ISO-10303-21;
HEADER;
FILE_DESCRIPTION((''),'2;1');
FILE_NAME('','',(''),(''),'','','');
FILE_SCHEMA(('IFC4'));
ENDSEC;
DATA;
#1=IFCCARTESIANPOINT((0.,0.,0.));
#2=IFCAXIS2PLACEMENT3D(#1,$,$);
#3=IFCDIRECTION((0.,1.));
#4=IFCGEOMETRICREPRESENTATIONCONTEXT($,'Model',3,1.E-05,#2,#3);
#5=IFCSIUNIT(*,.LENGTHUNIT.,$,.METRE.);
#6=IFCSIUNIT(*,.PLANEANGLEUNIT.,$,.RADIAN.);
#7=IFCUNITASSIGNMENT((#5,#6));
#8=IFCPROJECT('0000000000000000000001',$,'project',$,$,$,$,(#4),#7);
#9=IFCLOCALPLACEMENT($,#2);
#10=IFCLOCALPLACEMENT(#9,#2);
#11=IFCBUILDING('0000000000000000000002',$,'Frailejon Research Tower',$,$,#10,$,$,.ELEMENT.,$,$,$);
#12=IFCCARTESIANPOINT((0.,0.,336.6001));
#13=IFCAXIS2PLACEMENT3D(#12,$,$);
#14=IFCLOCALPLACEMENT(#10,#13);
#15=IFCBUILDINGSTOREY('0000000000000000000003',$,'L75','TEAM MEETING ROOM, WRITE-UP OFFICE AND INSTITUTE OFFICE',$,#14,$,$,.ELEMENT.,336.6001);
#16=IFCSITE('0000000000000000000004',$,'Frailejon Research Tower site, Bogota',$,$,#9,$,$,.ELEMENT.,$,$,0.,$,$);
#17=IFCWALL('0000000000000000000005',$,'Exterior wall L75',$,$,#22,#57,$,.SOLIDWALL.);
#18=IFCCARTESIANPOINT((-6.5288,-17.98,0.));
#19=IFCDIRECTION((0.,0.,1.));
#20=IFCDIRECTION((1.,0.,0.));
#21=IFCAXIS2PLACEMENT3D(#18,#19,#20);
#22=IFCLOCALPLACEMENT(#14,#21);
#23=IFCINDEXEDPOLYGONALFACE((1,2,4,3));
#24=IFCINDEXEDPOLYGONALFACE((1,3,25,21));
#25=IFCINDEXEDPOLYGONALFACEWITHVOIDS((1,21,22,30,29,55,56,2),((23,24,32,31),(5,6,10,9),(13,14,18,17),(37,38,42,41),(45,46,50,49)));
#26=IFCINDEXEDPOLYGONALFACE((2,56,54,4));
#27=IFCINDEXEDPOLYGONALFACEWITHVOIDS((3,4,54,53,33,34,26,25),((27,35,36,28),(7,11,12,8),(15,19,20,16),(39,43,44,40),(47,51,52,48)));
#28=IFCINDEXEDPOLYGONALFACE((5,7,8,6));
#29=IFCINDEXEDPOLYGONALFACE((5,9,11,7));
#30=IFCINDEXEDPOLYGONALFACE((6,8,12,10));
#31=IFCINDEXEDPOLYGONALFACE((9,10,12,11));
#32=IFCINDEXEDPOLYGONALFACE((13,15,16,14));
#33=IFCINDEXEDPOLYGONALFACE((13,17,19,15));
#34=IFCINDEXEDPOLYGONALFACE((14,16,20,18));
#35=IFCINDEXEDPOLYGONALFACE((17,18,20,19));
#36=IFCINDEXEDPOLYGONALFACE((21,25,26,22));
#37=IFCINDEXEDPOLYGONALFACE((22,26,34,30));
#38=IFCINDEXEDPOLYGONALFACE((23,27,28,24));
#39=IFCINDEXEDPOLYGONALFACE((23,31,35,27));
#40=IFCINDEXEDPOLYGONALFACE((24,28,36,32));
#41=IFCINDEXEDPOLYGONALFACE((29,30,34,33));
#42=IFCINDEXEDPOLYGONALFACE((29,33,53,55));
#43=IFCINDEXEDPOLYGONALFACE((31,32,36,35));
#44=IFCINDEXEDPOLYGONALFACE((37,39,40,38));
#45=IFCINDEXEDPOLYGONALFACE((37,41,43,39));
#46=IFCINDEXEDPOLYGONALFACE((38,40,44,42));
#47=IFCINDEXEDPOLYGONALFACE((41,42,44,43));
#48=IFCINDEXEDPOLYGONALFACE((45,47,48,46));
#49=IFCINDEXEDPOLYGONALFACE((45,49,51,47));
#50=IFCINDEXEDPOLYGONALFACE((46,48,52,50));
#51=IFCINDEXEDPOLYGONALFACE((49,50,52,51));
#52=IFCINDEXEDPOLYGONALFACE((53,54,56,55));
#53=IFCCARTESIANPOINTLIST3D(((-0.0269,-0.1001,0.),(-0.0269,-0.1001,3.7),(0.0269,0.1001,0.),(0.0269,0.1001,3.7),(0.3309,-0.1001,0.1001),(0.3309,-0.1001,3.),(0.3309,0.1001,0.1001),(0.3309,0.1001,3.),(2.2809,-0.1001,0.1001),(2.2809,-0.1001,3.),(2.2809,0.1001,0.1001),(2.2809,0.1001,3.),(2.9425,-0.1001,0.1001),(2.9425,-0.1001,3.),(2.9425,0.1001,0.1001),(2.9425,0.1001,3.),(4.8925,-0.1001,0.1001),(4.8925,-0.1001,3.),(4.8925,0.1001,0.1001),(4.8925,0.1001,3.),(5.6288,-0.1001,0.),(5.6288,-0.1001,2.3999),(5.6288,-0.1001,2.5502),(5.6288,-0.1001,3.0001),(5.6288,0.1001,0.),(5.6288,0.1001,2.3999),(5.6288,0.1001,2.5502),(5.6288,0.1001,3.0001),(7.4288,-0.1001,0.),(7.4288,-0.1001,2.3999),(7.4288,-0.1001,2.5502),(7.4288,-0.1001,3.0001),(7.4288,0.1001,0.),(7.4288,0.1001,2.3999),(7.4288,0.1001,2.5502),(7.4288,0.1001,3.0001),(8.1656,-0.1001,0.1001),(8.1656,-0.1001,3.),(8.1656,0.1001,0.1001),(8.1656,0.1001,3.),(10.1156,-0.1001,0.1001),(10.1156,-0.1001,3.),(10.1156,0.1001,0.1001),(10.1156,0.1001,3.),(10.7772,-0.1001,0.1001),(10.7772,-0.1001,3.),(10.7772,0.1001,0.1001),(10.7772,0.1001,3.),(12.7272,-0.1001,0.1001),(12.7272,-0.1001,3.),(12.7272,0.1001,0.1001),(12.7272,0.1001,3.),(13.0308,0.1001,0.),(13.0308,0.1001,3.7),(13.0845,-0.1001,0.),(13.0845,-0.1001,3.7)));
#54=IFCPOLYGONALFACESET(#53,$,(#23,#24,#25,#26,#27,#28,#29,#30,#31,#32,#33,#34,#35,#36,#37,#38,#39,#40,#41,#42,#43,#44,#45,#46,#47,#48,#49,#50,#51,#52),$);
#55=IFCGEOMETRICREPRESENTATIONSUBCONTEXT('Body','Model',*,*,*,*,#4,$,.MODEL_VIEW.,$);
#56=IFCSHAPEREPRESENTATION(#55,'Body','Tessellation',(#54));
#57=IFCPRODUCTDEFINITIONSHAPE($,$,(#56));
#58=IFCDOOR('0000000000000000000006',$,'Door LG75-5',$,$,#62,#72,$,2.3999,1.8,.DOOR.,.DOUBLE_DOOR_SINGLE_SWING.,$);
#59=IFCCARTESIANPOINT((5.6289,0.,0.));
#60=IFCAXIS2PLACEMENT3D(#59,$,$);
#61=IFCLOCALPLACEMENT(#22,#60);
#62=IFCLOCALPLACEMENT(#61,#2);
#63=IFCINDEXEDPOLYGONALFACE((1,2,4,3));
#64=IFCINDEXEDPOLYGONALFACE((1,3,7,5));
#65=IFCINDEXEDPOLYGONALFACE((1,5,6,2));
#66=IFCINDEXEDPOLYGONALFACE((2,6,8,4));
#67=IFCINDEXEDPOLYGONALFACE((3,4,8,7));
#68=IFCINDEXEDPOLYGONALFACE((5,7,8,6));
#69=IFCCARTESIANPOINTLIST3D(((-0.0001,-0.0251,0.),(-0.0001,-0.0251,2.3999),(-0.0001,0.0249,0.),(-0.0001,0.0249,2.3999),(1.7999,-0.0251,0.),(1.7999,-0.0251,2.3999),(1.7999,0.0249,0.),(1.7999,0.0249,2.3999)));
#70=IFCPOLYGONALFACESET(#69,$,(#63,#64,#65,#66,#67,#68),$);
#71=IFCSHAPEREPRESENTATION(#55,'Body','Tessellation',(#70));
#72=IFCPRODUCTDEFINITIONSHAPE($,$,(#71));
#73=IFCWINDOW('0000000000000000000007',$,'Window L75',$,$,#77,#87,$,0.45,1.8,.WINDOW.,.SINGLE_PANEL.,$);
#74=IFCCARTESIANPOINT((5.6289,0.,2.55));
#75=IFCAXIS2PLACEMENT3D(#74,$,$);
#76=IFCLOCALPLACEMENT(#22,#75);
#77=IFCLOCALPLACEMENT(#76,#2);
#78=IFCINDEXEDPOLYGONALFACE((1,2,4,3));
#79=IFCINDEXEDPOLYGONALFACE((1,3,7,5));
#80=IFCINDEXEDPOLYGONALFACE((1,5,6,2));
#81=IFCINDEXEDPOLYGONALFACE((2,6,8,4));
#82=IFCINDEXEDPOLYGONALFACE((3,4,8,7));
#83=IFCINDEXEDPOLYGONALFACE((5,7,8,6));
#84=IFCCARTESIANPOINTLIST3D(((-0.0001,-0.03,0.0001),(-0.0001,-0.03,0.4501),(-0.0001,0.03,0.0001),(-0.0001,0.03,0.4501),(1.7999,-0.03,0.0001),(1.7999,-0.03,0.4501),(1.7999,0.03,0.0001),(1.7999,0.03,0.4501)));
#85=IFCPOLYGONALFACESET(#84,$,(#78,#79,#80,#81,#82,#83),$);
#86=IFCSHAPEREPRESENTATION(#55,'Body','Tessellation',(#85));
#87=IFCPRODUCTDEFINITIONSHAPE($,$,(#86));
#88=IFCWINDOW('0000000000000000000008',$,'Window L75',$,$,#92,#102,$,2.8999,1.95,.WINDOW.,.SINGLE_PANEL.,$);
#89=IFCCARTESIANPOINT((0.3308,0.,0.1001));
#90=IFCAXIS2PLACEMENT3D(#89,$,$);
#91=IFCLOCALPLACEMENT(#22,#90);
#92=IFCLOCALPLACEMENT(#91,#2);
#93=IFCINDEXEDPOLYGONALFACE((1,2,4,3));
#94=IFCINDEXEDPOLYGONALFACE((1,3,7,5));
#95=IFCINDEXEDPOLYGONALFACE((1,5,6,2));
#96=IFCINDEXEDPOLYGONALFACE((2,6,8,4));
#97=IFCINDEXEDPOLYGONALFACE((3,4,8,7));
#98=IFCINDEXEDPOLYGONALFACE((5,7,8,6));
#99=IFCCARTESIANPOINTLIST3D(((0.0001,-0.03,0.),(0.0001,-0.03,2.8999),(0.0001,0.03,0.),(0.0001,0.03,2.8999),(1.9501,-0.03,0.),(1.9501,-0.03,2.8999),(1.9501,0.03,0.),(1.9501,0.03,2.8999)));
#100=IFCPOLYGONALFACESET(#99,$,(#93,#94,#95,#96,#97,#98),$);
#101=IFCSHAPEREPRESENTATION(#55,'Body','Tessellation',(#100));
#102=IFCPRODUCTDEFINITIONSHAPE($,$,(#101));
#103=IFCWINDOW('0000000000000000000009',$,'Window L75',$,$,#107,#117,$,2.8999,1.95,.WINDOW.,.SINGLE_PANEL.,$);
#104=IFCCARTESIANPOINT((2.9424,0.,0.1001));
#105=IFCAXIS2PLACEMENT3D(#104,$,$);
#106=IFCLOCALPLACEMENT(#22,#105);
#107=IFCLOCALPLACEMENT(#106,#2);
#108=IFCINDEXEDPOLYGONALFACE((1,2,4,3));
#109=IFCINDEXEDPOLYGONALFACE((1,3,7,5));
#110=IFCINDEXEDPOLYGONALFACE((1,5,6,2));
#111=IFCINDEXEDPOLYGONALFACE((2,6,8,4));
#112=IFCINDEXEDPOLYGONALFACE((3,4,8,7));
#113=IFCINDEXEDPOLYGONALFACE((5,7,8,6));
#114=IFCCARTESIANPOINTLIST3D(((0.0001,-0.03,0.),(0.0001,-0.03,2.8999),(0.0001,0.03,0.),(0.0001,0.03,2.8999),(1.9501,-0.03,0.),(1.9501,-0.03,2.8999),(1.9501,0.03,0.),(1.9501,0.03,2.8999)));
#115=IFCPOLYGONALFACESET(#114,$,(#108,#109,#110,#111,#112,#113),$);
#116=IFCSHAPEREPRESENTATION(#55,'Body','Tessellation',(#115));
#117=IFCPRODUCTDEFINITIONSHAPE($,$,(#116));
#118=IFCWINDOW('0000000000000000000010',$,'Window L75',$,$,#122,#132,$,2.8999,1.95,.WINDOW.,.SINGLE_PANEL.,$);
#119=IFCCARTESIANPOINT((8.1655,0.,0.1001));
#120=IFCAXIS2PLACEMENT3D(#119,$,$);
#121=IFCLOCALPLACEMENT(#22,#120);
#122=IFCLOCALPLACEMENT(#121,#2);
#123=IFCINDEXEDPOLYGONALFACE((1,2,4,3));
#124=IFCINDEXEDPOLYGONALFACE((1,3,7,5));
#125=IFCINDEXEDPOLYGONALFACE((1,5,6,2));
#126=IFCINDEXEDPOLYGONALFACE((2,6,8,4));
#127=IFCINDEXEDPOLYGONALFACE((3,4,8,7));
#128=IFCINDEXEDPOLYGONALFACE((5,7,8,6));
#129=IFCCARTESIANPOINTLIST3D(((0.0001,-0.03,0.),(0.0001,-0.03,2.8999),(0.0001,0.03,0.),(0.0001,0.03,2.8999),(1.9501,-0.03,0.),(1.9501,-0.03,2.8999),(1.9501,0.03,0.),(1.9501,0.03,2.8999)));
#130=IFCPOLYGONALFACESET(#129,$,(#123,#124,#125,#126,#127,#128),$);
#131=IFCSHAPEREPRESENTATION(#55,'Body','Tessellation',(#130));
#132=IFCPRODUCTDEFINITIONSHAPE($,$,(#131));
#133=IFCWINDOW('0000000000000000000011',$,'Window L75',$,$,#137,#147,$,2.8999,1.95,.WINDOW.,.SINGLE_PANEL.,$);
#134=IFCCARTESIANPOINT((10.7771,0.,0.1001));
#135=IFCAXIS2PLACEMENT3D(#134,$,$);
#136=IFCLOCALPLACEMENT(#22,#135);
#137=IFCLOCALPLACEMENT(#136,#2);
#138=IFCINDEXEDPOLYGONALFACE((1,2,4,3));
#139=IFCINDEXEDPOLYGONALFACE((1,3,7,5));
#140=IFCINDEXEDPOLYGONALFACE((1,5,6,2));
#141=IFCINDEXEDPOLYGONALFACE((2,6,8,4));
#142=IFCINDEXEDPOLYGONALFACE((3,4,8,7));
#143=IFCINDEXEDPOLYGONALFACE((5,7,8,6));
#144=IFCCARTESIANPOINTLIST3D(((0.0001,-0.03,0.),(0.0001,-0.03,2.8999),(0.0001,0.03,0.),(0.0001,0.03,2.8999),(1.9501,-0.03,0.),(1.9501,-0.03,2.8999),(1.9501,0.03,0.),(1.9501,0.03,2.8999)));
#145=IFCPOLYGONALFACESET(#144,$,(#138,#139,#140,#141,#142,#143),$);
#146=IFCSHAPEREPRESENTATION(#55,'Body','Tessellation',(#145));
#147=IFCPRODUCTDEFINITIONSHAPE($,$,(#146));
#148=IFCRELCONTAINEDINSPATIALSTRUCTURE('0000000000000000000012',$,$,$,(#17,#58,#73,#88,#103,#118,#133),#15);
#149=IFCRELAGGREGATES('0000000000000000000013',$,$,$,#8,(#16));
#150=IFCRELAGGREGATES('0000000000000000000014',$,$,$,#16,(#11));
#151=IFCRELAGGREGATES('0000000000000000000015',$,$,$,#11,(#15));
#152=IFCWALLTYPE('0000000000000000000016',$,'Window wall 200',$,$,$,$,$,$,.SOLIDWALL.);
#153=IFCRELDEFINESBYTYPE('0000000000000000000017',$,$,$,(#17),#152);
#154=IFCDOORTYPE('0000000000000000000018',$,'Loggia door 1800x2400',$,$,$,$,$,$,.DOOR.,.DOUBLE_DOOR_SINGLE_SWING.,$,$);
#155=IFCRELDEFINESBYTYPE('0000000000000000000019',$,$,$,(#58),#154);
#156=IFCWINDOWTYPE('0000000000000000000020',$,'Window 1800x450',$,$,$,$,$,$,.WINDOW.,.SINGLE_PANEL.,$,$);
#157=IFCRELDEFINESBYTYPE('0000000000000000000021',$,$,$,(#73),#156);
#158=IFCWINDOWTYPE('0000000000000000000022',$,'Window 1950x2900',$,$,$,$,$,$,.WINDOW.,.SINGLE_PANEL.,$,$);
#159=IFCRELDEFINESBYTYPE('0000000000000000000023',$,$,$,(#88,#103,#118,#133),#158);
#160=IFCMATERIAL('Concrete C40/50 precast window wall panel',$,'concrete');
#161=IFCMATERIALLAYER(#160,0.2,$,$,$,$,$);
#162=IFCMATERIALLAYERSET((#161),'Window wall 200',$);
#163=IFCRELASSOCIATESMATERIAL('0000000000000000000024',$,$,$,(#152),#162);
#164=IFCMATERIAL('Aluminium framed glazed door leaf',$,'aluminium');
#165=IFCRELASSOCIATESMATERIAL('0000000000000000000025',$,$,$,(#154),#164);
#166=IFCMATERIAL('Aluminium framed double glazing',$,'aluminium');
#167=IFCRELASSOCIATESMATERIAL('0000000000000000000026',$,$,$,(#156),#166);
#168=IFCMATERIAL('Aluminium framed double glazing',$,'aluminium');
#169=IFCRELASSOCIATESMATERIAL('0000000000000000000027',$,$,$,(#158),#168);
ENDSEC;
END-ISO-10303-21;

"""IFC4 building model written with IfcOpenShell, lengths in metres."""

from ifc_helpers import new_model, si_unit, direction, frame, frame_2d, origin, place, context, subcontext, project, spatial, polyline, rectangle, outline, extrude, material, layer, layer_set, type_object, element, fill, save


model = new_model("IFC4")

# Units and contexts
model_context = context("Model", 3, precision=1e-05, world=origin(), true_north=direction((0.0, 1.0)))
body_context = subcontext(model_context, "Body", "Model", "MODEL_VIEW")
ifc_project = project(units=[si_unit("LENGTHUNIT", "METRE"), si_unit("PLANEANGLEUNIT", "RADIAN")], contexts=[model_context])

# Site, building, storey
site_placement = place(None, origin())
site = spatial("IfcSite", under=ifc_project, at=site_placement, Name="Frailejon Research Tower site, Bogota", CompositionType="ELEMENT", RefElevation=0.0)
building_placement = place(site_placement, origin())
building = spatial("IfcBuilding", under=site, at=building_placement, Name="Frailejon Research Tower", CompositionType="ELEMENT")
storey_placement = place(building_placement, frame((0.0, 0.0, 336.6001)))
storey = spatial("IfcBuildingStorey", under=building, at=storey_placement, Name="L75", Description="TEAM MEETING ROOM, WRITE-UP OFFICE AND INSTITUTE OFFICE", CompositionType="ELEMENT", Elevation=336.6001)

# Wall, openings, door, windows
ifc_material_1 = material(Name="Concrete C40/50 precast window wall panel", Category="concrete")
ifc_layer_1 = layer(ifc_material_1, 0.2)
ifc_layer_set_1 = layer_set([ifc_layer_1], Name="Window wall 200")
wall_type_1 = type_object("IfcWallType", Name="Window wall 200", PredefinedType="SOLIDWALL", material=ifc_layer_set_1)
wall_1_placement = place(storey_placement, frame((-6.5288, -17.98, 0.0), z_axis=(0.0, 0.0, 1.0), x_axis=(1.0, 0.0, 0.0)))
wall_1 = element("IfcWall", 1, at=wall_1_placement, inside=storey, type_object=wall_type_1, Name="Exterior wall L75", PredefinedType="SOLIDWALL", context=body_context, shape_type="SweptSolid", body=[
    extrude(outline(polyline([(-0.0269, -0.1001), (0.9817, -0.1001), (1.9902, -0.1001), (2.9988, -0.1001), (4.0073, -0.1001), (5.0159, -0.1001), (6.0244, -0.1001), (7.0332, -0.1001), (8.0417, -0.1001), (9.0503, -0.1001), (10.0588, -0.1001), (11.0674, -0.1001), (12.0759, -0.1001), (13.0845, -0.1001), (13.0308, 0.1001), (12.0305, 0.1001), (11.0303, 0.1001), (10.0298, 0.1001), (9.0295, 0.1001), (8.0293, 0.1001), (7.0291, 0.1001), (6.0286, 0.1001), (5.0283, 0.1001), (4.0281, 0.1001), (3.0278, 0.1001), (2.0273, 0.1001), (1.0271, 0.1001), (0.0269, 0.1001), (-0.0269, -0.1001)])), origin(), (0.0, 0.0, 1.0), 3.7),
])
opening_1_placement = place(wall_1_placement, frame((0.3308, 0.0, 0.1001)))
opening_1 = element("IfcOpeningElement", 2, at=opening_1_placement, cuts=wall_1, PredefinedType="OPENING", context=body_context, shape_type="SweptSolid", body=[
    extrude(rectangle(XDim=1.95, YDim=2.8999, at=frame_2d((0.9751, 1.45))), frame((0.0, 0.1099, 0.0), z_axis=(0.0, -1.0, 0.0), x_axis=(1.0, 0.0, 0.0)), (0.0, 0.0, 1.0), 0.22),
])
opening_2_placement = place(wall_1_placement, frame((2.9424, 0.0, 0.1001)))
opening_2 = element("IfcOpeningElement", 3, at=opening_2_placement, cuts=wall_1, PredefinedType="OPENING", context=body_context, shape_type="SweptSolid", body=[
    extrude(rectangle(XDim=1.95, YDim=2.8999, at=frame_2d((0.9751, 1.45))), frame((0.0, 0.1099, 0.0), z_axis=(0.0, -1.0, 0.0), x_axis=(1.0, 0.0, 0.0)), (0.0, 0.0, 1.0), 0.22),
])
opening_3_placement = place(wall_1_placement, frame((5.6289, 0.0, 0.0)))
opening_3 = element("IfcOpeningElement", 4, at=opening_3_placement, cuts=wall_1, PredefinedType="OPENING", context=body_context, shape_type="SweptSolid", body=[
    extrude(rectangle(XDim=1.8, YDim=2.3999, at=frame_2d((0.8999, 1.2))), frame((0.0, 0.1099, 0.0), z_axis=(0.0, -1.0, 0.0), x_axis=(1.0, 0.0, 0.0)), (0.0, 0.0, 1.0), 0.22),
])
opening_4_placement = place(wall_1_placement, frame((5.6289, 0.0, 2.55)))
opening_4 = element("IfcOpeningElement", 5, at=opening_4_placement, cuts=wall_1, PredefinedType="OPENING", context=body_context, shape_type="SweptSolid", body=[
    extrude(rectangle(XDim=1.8, YDim=0.45, at=frame_2d((0.8999, 0.2251))), frame((0.0, 0.1099, 0.0), z_axis=(0.0, -1.0, 0.0), x_axis=(1.0, 0.0, 0.0)), (0.0, 0.0, 1.0), 0.22),
])
opening_5_placement = place(wall_1_placement, frame((8.1655, 0.0, 0.1001)))
opening_5 = element("IfcOpeningElement", 6, at=opening_5_placement, cuts=wall_1, PredefinedType="OPENING", context=body_context, shape_type="SweptSolid", body=[
    extrude(rectangle(XDim=1.95, YDim=2.8999, at=frame_2d((0.9751, 1.45))), frame((0.0, 0.1099, 0.0), z_axis=(0.0, -1.0, 0.0), x_axis=(1.0, 0.0, 0.0)), (0.0, 0.0, 1.0), 0.22),
])
opening_6_placement = place(wall_1_placement, frame((10.7771, 0.0, 0.1001)))
opening_6 = element("IfcOpeningElement", 7, at=opening_6_placement, cuts=wall_1, PredefinedType="OPENING", context=body_context, shape_type="SweptSolid", body=[
    extrude(rectangle(XDim=1.95, YDim=2.8999, at=frame_2d((0.9751, 1.45))), frame((0.0, 0.1099, 0.0), z_axis=(0.0, -1.0, 0.0), x_axis=(1.0, 0.0, 0.0)), (0.0, 0.0, 1.0), 0.22),
])
ifc_material_2 = material(Name="Aluminium framed glazed door leaf", Category="aluminium")
door_type = type_object("IfcDoorType", Name="Loggia door 1800x2400", OperationType="DOUBLE_DOOR_SINGLE_SWING", PredefinedType="DOOR", material=ifc_material_2)
door_placement = place(opening_3_placement, origin())
door = element("IfcDoor", 8, at=door_placement, inside=storey, type_object=door_type, Name="Door LG75-5", OperationType="DOUBLE_DOOR_SINGLE_SWING", OverallHeight=2.3999, OverallWidth=1.8, PredefinedType="DOOR", context=body_context, shape_type="SweptSolid", body=[
    extrude(rectangle(XDim=1.8, YDim=2.3999, at=frame_2d((0.8999, 1.2))), frame((0.0, 0.0249, 0.0), z_axis=(0.0, -1.0, 0.0), x_axis=(1.0, 0.0, 0.0)), (0.0, 0.0, 1.0), 0.05),
])
fill(opening_3, door)
ifc_material_3 = material(Name="Aluminium framed double glazing", Category="aluminium")
window_type_1 = type_object("IfcWindowType", Name="Window 1800x450", PartitioningType="SINGLE_PANEL", PredefinedType="WINDOW", material=ifc_material_3)
window_1_placement = place(opening_4_placement, origin())
window_1 = element("IfcWindow", 9, at=window_1_placement, inside=storey, type_object=window_type_1, Name="Window L75", OverallHeight=0.45, OverallWidth=1.8, PartitioningType="SINGLE_PANEL", PredefinedType="WINDOW", context=body_context, shape_type="SweptSolid", body=[
    extrude(rectangle(XDim=1.8, YDim=0.45, at=frame_2d((0.8999, 0.2251))), frame((0.0, 0.03, 0.0), z_axis=(0.0, -1.0, 0.0), x_axis=(1.0, 0.0, 0.0)), (0.0, 0.0, 1.0), 0.0601),
])
fill(opening_4, window_1)
ifc_material_4 = material(Name="Aluminium framed double glazing", Category="aluminium")
window_type_2 = type_object("IfcWindowType", Name="Window 1950x2900", PartitioningType="SINGLE_PANEL", PredefinedType="WINDOW", material=ifc_material_4)
window_2_placement = place(opening_1_placement, origin())
window_2 = element("IfcWindow", 10, at=window_2_placement, inside=storey, type_object=window_type_2, Name="Window L75", OverallHeight=2.8999, OverallWidth=1.95, PartitioningType="SINGLE_PANEL", PredefinedType="WINDOW", context=body_context, shape_type="SweptSolid", body=[
    extrude(rectangle(XDim=1.95, YDim=2.8999, at=frame_2d((0.9751, 1.45))), frame((0.0, 0.03, 0.0), z_axis=(0.0, -1.0, 0.0), x_axis=(1.0, 0.0, 0.0)), (0.0, 0.0, 1.0), 0.0601),
])
fill(opening_1, window_2)
window_3_placement = place(opening_2_placement, origin())
window_3 = element("IfcWindow", 11, at=window_3_placement, inside=storey, type_object=window_type_2, Name="Window L75", OverallHeight=2.8999, OverallWidth=1.95, PartitioningType="SINGLE_PANEL", PredefinedType="WINDOW", context=body_context, shape_type="SweptSolid", body=[
    extrude(rectangle(XDim=1.95, YDim=2.8999, at=frame_2d((0.9751, 1.45))), frame((0.0, 0.03, 0.0), z_axis=(0.0, -1.0, 0.0), x_axis=(1.0, 0.0, 0.0)), (0.0, 0.0, 1.0), 0.0601),
])
fill(opening_2, window_3)
window_4_placement = place(opening_5_placement, origin())
window_4 = element("IfcWindow", 12, at=window_4_placement, inside=storey, type_object=window_type_2, Name="Window L75", OverallHeight=2.8999, OverallWidth=1.95, PartitioningType="SINGLE_PANEL", PredefinedType="WINDOW", context=body_context, shape_type="SweptSolid", body=[
    extrude(rectangle(XDim=1.95, YDim=2.8999, at=frame_2d((0.9751, 1.45))), frame((0.0, 0.03, 0.0), z_axis=(0.0, -1.0, 0.0), x_axis=(1.0, 0.0, 0.0)), (0.0, 0.0, 1.0), 0.0601),
])
fill(opening_5, window_4)
window_5_placement = place(opening_6_placement, origin())
window_5 = element("IfcWindow", 13, at=window_5_placement, inside=storey, type_object=window_type_2, Name="Window L75", OverallHeight=2.8999, OverallWidth=1.95, PartitioningType="SINGLE_PANEL", PredefinedType="WINDOW", context=body_context, shape_type="SweptSolid", body=[
    extrude(rectangle(XDim=1.95, YDim=2.8999, at=frame_2d((0.9751, 1.45))), frame((0.0, 0.03, 0.0), z_axis=(0.0, -1.0, 0.0), x_axis=(1.0, 0.0, 0.0)), (0.0, 0.0, 1.0), 0.0601),
])
fill(opening_6, window_5)

save(model, "model.ifc")
